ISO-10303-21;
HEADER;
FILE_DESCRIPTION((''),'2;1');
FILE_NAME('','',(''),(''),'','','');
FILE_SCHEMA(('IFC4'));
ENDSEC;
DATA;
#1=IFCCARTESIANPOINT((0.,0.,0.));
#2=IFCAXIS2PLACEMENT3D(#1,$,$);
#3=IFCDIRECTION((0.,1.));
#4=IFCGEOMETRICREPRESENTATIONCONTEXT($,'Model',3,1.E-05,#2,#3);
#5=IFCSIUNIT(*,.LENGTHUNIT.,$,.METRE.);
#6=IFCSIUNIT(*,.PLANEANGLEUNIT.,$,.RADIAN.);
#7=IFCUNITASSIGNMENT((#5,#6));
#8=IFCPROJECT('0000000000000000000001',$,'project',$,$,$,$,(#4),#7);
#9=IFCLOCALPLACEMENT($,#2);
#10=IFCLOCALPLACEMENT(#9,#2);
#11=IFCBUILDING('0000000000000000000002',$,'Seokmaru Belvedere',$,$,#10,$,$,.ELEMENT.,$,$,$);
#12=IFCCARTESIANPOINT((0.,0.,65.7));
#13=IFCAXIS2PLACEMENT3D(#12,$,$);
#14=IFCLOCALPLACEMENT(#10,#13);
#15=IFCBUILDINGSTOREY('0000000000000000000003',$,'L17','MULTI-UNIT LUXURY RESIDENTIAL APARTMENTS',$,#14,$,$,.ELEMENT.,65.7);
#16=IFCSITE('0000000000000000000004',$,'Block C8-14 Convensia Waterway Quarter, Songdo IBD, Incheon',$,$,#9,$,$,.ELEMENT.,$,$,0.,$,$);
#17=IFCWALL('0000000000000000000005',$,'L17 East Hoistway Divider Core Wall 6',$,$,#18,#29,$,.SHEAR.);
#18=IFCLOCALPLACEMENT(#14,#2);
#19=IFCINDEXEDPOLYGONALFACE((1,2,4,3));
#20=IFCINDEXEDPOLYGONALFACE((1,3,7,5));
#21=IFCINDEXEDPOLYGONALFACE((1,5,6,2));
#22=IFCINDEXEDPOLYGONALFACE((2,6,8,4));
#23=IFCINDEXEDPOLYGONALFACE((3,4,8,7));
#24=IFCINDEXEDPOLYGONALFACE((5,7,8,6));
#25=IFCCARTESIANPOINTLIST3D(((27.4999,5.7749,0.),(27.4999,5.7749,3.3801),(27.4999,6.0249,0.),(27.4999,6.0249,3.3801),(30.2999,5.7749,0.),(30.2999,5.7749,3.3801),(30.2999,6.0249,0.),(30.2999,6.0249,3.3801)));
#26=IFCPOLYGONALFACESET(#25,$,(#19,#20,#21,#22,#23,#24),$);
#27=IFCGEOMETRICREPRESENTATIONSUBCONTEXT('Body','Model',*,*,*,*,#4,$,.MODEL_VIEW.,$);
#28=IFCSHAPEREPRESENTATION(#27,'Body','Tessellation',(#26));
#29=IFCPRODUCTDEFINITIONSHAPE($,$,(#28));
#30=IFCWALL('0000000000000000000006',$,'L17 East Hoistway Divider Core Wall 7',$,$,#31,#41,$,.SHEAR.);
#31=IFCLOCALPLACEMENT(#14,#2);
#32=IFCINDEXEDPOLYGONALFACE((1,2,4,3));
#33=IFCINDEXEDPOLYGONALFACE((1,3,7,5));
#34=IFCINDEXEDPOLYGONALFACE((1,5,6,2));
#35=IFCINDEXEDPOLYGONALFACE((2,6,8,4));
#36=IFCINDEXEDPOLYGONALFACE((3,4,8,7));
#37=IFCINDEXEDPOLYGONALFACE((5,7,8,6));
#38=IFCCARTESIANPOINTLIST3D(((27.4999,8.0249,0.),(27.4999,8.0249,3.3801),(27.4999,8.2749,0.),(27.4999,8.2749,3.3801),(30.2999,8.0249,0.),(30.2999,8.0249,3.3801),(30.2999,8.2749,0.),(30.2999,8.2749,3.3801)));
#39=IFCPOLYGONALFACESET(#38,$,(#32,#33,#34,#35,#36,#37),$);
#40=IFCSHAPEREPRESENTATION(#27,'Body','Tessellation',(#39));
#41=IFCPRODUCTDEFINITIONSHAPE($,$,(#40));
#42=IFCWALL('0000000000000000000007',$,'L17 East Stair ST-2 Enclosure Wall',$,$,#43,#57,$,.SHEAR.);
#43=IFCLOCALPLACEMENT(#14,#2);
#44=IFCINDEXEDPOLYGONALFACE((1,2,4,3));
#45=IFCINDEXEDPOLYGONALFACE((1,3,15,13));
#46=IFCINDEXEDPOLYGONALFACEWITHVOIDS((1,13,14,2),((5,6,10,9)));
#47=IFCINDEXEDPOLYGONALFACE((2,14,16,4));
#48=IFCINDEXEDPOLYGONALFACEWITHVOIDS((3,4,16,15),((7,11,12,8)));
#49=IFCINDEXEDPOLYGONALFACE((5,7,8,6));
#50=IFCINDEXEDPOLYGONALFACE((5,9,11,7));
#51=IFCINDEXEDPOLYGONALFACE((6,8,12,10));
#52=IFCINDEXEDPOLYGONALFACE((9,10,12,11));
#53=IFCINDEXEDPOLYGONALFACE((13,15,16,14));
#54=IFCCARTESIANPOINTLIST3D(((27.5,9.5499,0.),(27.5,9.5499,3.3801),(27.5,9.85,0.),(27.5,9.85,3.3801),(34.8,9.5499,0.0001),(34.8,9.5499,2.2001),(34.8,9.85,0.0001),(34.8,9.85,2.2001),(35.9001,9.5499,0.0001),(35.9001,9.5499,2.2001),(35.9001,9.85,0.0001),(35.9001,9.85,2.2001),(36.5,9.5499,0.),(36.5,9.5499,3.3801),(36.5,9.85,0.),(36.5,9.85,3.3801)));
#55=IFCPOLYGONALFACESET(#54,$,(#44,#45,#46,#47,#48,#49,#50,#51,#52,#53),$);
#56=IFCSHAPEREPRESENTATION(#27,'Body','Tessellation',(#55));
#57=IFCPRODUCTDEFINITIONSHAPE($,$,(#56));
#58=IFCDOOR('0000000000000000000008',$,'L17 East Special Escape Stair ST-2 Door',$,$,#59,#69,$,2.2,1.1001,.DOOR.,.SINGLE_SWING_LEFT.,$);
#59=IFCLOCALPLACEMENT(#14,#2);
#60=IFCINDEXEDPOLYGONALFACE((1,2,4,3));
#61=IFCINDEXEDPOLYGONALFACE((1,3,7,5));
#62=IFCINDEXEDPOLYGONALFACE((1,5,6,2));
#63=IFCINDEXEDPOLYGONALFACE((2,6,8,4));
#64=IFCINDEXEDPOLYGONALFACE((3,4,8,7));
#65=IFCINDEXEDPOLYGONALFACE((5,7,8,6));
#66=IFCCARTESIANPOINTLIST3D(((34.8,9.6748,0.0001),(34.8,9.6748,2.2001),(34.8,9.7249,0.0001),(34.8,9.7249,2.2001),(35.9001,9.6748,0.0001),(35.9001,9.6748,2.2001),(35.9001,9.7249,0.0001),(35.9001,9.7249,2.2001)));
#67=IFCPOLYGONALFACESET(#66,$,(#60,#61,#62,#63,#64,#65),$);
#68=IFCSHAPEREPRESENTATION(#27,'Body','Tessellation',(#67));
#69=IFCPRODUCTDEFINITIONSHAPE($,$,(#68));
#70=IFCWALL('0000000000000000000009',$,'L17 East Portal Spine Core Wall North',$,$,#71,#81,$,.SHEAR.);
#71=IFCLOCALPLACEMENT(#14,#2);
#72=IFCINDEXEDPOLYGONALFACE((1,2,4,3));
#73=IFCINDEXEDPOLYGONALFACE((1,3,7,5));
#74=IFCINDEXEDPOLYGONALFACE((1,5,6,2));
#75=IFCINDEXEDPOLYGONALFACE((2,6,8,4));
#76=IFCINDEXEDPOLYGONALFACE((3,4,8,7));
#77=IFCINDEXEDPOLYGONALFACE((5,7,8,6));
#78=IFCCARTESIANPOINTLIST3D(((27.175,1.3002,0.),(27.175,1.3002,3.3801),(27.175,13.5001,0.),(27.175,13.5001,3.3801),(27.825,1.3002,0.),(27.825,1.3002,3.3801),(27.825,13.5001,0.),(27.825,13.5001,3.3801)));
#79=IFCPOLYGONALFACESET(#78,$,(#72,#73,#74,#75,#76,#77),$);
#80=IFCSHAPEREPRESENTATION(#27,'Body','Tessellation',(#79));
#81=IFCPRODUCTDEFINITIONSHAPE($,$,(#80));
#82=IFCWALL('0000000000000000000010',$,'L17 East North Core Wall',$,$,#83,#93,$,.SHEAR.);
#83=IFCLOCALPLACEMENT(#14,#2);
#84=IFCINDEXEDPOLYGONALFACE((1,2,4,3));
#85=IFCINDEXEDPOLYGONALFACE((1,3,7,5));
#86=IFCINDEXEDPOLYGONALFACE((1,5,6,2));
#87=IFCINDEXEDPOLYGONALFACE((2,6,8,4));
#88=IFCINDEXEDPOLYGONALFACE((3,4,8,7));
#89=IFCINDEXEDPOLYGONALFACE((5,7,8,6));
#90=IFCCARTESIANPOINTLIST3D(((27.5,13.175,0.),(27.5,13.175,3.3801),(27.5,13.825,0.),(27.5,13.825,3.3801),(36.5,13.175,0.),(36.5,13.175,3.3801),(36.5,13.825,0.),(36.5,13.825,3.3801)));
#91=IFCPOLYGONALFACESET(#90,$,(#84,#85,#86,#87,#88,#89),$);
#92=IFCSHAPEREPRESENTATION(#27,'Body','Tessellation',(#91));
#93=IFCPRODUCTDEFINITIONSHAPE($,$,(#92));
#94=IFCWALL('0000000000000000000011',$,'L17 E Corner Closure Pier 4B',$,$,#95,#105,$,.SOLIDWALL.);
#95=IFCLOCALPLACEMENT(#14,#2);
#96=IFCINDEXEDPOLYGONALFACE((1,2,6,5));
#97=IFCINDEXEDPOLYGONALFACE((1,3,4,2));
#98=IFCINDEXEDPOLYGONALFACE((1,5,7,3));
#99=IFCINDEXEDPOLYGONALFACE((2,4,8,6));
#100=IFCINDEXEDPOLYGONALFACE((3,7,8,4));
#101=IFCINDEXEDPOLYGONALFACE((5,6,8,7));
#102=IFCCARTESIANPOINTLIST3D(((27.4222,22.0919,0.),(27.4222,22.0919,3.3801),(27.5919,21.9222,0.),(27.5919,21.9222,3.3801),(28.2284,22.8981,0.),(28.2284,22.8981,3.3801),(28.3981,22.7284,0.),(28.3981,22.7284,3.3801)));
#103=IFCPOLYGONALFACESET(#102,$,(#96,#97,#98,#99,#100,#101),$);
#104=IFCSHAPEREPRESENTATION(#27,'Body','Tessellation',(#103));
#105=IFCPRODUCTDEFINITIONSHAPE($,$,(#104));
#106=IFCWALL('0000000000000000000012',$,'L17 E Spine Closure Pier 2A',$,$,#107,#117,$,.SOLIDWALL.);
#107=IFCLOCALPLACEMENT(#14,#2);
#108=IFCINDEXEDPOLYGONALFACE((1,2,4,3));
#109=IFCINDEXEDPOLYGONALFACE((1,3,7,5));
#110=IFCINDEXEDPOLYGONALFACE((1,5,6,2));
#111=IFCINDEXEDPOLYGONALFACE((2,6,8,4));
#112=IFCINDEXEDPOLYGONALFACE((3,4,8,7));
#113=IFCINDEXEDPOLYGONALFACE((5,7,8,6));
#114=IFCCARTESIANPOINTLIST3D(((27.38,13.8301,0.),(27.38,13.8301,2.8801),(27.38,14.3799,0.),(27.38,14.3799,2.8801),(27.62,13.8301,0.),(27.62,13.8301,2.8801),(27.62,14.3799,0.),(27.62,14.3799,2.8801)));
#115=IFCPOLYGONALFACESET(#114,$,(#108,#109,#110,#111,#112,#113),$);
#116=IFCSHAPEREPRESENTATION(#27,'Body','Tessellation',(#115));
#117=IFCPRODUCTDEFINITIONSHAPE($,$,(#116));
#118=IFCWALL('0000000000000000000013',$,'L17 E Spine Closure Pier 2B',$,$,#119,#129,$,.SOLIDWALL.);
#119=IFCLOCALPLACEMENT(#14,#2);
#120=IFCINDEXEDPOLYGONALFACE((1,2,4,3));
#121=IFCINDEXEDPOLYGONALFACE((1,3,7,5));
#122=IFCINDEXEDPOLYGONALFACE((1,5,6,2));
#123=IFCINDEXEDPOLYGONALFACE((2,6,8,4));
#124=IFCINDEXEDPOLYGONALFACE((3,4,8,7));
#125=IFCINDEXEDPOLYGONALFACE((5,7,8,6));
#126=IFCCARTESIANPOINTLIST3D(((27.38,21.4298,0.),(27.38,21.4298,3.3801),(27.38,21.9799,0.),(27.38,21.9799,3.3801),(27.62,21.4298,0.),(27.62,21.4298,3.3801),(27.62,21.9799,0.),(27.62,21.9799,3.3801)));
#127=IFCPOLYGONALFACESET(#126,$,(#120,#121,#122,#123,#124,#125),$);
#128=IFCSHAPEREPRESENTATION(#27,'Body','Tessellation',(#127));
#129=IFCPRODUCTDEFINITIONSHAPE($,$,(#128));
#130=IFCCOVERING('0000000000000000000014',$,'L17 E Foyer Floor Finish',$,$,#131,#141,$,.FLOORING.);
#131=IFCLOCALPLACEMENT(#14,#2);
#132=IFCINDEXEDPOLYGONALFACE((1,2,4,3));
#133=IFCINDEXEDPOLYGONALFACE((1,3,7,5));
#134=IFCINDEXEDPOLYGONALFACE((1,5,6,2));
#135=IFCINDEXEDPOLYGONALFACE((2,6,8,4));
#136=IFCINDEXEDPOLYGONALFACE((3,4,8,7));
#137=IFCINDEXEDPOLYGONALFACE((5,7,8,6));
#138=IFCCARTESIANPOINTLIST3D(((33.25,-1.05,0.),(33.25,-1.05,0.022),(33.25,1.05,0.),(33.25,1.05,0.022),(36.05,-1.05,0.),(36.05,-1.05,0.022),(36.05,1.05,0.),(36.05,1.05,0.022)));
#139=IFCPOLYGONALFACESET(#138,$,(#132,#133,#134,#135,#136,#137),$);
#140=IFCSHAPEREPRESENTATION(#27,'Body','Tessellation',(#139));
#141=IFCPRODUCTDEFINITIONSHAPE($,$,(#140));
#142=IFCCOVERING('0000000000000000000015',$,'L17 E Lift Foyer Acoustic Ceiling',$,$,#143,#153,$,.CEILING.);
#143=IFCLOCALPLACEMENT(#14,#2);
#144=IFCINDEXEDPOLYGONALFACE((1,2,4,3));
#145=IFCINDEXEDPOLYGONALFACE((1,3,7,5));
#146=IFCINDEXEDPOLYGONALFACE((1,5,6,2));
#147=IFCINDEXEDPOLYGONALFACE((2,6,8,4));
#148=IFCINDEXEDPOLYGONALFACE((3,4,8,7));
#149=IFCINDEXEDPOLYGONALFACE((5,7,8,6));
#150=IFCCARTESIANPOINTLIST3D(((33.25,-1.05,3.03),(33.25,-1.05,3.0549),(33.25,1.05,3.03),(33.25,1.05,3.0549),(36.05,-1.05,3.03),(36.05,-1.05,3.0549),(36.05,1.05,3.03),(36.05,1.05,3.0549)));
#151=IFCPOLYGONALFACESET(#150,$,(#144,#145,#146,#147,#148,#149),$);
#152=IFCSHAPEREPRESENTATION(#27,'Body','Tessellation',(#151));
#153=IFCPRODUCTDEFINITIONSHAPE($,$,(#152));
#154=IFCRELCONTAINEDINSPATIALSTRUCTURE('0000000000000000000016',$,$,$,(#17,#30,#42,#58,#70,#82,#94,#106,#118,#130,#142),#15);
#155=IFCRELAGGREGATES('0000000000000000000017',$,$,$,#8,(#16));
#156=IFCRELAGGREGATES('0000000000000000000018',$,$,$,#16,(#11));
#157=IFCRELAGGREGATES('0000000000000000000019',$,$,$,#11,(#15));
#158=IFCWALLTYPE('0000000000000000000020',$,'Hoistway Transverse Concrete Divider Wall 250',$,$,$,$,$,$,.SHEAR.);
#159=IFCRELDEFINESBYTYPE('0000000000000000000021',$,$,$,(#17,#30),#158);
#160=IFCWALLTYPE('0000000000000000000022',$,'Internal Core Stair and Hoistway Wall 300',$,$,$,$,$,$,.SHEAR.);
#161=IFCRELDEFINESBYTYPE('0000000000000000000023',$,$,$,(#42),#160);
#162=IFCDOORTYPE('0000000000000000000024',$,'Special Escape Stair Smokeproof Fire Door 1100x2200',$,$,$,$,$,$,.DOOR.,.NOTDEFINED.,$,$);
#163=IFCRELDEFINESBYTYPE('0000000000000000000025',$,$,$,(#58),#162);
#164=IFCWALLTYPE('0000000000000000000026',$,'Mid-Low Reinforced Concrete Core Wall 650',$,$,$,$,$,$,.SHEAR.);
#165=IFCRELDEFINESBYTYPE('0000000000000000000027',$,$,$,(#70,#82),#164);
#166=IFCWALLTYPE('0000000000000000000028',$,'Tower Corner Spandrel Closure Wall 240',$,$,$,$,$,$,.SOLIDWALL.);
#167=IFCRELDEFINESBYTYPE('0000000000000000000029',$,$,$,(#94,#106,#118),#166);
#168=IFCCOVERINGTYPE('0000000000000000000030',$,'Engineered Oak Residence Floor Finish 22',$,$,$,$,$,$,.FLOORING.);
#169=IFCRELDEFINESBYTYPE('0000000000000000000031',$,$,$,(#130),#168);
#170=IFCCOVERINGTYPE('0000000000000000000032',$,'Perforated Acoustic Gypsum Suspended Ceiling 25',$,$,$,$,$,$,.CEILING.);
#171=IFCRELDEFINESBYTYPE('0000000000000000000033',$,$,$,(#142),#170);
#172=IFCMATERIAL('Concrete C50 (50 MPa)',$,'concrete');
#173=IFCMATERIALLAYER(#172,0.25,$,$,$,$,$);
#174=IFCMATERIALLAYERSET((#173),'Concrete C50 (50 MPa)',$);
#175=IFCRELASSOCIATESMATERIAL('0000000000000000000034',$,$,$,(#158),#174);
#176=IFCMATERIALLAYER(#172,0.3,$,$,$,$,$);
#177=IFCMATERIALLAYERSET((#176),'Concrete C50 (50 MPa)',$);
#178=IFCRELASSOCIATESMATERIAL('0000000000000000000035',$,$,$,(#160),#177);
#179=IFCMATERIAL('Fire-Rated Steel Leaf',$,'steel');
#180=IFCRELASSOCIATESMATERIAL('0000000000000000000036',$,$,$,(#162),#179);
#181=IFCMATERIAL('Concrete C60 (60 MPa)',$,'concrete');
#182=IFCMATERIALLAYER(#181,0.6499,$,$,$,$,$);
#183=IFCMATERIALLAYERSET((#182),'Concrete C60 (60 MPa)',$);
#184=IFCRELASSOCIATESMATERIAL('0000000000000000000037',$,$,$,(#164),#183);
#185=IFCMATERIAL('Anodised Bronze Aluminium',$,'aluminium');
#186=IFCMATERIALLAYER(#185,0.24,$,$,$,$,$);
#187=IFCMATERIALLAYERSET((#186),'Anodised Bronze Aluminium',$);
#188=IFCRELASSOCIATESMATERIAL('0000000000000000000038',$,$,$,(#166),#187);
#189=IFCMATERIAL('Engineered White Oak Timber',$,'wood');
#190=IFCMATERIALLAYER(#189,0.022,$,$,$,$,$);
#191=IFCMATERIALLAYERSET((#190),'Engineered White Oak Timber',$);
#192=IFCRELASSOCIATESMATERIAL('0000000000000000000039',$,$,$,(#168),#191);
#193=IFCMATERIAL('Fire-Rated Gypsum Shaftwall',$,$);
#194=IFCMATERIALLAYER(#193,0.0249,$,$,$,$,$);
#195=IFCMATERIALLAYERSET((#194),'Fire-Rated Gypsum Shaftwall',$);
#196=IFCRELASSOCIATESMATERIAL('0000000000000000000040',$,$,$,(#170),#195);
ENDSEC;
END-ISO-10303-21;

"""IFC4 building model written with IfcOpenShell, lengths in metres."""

from ifc_helpers import new_model, si_unit, direction, frame, frame_2d, origin, place, context, subcontext, project, spatial, polyline, rectangle, outline, extrude, source, transform, mapped, material, layer, layer_set, type_object, type_shapes, element, fill, save


model = new_model("IFC4")

# Units and contexts
model_context = context("Model", 3, precision=1e-05, world=origin(), true_north=direction((0.0, 1.0)))
body_context = subcontext(model_context, "Body", "Model", "MODEL_VIEW")
ifc_project = project(units=[si_unit("LENGTHUNIT", "METRE"), si_unit("PLANEANGLEUNIT", "RADIAN")], contexts=[model_context])

# Site, building, storey
site_placement = place(None, origin())
site = spatial("IfcSite", under=ifc_project, at=site_placement, Name="Block C8-14 Convensia Waterway Quarter, Songdo IBD, Incheon", CompositionType="ELEMENT", RefElevation=0.0)
building_placement = place(site_placement, origin())
building = spatial("IfcBuilding", under=site, at=building_placement, Name="Seokmaru Belvedere", CompositionType="ELEMENT")
storey_placement = place(building_placement, frame((0.0, 0.0, 65.7)))
storey = spatial("IfcBuildingStorey", under=building, at=storey_placement, Name="L17", Description="MULTI-UNIT LUXURY RESIDENTIAL APARTMENTS", CompositionType="ELEMENT", Elevation=65.7)

# Shared definitions
ifc_material_1 = material(Name="Anodised Bronze Aluminium", Category="aluminium")

# Shared definitions
ifc_material_2 = material(Name="Fire-Rated Gypsum Shaftwall")
ifc_material_3 = material(Name="Engineered White Oak Timber", Category="wood")

# Walls
ifc_material_4 = material(Name="Concrete C50 (50 MPa)", Category="concrete")
ifc_layer_1 = layer(ifc_material_4, 0.25)
ifc_layer_set_1 = layer_set([ifc_layer_1], Name="Concrete C50 (50 MPa)")
wall_type_1 = type_object("IfcWallType", Name="Hoistway Transverse Concrete Divider Wall 250", PredefinedType="SHEAR", material=ifc_layer_set_1)
for number, where, z_axis, x_axis, name in (
    (1, (27.5, 5.8999, 0.0), (0.0, 0.0, 1.0), (1.0, 0.0, 0.0), "L17 East Hoistway Divider Core Wall 6"),
    (2, (27.5, 8.1499, 0.0), (0.0, 0.0, 1.0), (1.0, 0.0, 0.0), "L17 East Hoistway Divider Core Wall 7"),
):
    element("IfcWall", number, at=place(storey_placement, frame(where, z_axis=z_axis, x_axis=x_axis)), inside=storey, type_object=wall_type_1, Name=name, PredefinedType="SHEAR", context=body_context, shape_type="SweptSolid", body=[
        extrude(rectangle(XDim=2.8, YDim=0.25, at=frame_2d((1.3999, 0.0))), origin(), (0.0, 0.0, 1.0), 3.3801),
    ])

# Wall, opening, door
ifc_layer_2 = layer(ifc_material_4, 0.3)
ifc_layer_set_2 = layer_set([ifc_layer_2], Name="Concrete C50 (50 MPa)")
wall_type_2 = type_object("IfcWallType", Name="Internal Core Stair and Hoistway Wall 300", PredefinedType="SHEAR", material=ifc_layer_set_2)
wall_1_placement = place(storey_placement, frame((27.5, 9.7, 0.0), z_axis=(0.0, 0.0, 1.0), x_axis=(1.0, 0.0, 0.0)))
wall_1 = element("IfcWall", 3, at=wall_1_placement, inside=storey, type_object=wall_type_2, Name="L17 East Stair ST-2 Enclosure Wall", PredefinedType="SHEAR", context=body_context, shape_type="SweptSolid", body=[
    extrude(rectangle(XDim=9.0, YDim=0.3, at=frame_2d((4.5, 0.0))), origin(), (0.0, 0.0, 1.0), 3.3801),
])
opening_1_placement = place(wall_1_placement, frame((7.3, 0.0, 0.0)))
opening_1 = element("IfcOpeningElement", 4, at=opening_1_placement, cuts=wall_1, PredefinedType="OPENING", context=body_context, shape_type="SweptSolid", body=[
    extrude(rectangle(XDim=1.1001, YDim=2.2, at=frame_2d((0.55, 1.1001))), frame((0.0, 0.1602, 0.0), z_axis=(0.0, -1.0, 0.0), x_axis=(1.0, 0.0, 0.0)), (0.0, 0.0, 1.0), 0.3201),
])
ifc_material_5 = material(Name="Fire-Rated Steel Leaf", Category="steel")
door_type_1 = type_object("IfcDoorType", Name="Special Escape Stair Smokeproof Fire Door 1100x2200", OperationType="NOTDEFINED", PredefinedType="DOOR", material=ifc_material_5)
shared_shape_1 = source(origin(), body_context, "Body", "SweptSolid", [
    extrude(rectangle(XDim=1.1001, YDim=2.2, at=frame_2d((0.55, 1.1001))), frame((0.0, 0.0249, 0.0), z_axis=(0.0, -1.0, 0.0), x_axis=(1.0, 0.0, 0.0)), (0.0, 0.0, 1.0), 0.05),
])
type_shapes(door_type_1, [shared_shape_1])
door_1_placement = place(opening_1_placement, origin())
door_1 = element("IfcDoor", 5, at=door_1_placement, inside=storey, type_object=door_type_1, Name="L17 East Special Escape Stair ST-2 Door", OperationType="SINGLE_SWING_LEFT", OverallHeight=2.2, OverallWidth=1.1001, PredefinedType="DOOR", context=body_context, shape_type="MappedRepresentation", body=[
    mapped(shared_shape_1, transform((0.0, 0.0, 0.0), scale=1.0)),
])
fill(opening_1, door_1)

# Walls
ifc_material_6 = material(Name="Concrete C60 (60 MPa)", Category="concrete")
ifc_layer_3 = layer(ifc_material_6, 0.6499)
ifc_layer_set_3 = layer_set([ifc_layer_3], Name="Concrete C60 (60 MPa)")
wall_type_3 = type_object("IfcWallType", Name="Mid-Low Reinforced Concrete Core Wall 650", PredefinedType="SHEAR", material=ifc_layer_set_3)
wall_2_placement = place(storey_placement, frame((27.5, 1.3, 0.0), z_axis=(0.0, 0.0, 1.0), x_axis=(0.0, 1.0, 0.0)))
element("IfcWall", 6, at=wall_2_placement, inside=storey, type_object=wall_type_3, Name="L17 East Portal Spine Core Wall North", PredefinedType="SHEAR", context=body_context, shape_type="SweptSolid", body=[
    extrude(rectangle(XDim=12.2, YDim=0.6499, at=frame_2d((6.1001, 0.0))), origin(), (0.0, 0.0, 1.0), 3.3801),
])
wall_3_placement = place(storey_placement, frame((27.5, 13.5, 0.0), z_axis=(0.0, 0.0, 1.0), x_axis=(1.0, 0.0, 0.0)))
element("IfcWall", 7, at=wall_3_placement, inside=storey, type_object=wall_type_3, Name="L17 East North Core Wall", PredefinedType="SHEAR", context=body_context, shape_type="SweptSolid", body=[
    extrude(rectangle(XDim=9.0, YDim=0.6499, at=frame_2d((4.5, 0.0))), origin(), (0.0, 0.0, 1.0), 3.3801),
])
ifc_layer_4 = layer(ifc_material_1, 0.24)
ifc_layer_set_4 = layer_set([ifc_layer_4], Name="Anodised Bronze Aluminium")
wall_type_4 = type_object("IfcWallType", Name="Tower Corner Spandrel Closure Wall 240", PredefinedType="SOLIDWALL", material=ifc_layer_set_4)
wall_4_placement = place(storey_placement, frame((28.3132, 22.8132, 0.0), z_axis=(0.0, 0.0, 1.0), x_axis=(-0.707107, -0.707107, 0.0)))
element("IfcWall", 8, at=wall_4_placement, inside=storey, type_object=wall_type_4, Name="L17 E Corner Closure Pier 4B", PredefinedType="SOLIDWALL", context=body_context, shape_type="SweptSolid", body=[
    extrude(rectangle(XDim=1.1401, YDim=0.24, at=frame_2d((0.5701, 0.0))), origin(), (0.0, 0.0, 1.0), 3.3801),
])
wall_5_placement = place(storey_placement, frame((27.5, 13.8301, 0.0), z_axis=(0.0, 0.0, 1.0), x_axis=(0.0, 1.0, 0.0)))
element("IfcWall", 9, at=wall_5_placement, inside=storey, type_object=wall_type_4, Name="L17 E Spine Closure Pier 2A", PredefinedType="SOLIDWALL", context=body_context, shape_type="SweptSolid", body=[
    extrude(rectangle(XDim=0.5498, YDim=0.24, at=frame_2d((0.2749, 0.0))), origin(), (0.0, 0.0, 1.0), 2.8801),
])
wall_6_placement = place(storey_placement, frame((27.5, 21.4299, 0.0), z_axis=(0.0, 0.0, 1.0), x_axis=(0.0, 1.0, 0.0)))
element("IfcWall", 10, at=wall_6_placement, inside=storey, type_object=wall_type_4, Name="L17 E Spine Closure Pier 2B", PredefinedType="SOLIDWALL", context=body_context, shape_type="SweptSolid", body=[
    extrude(rectangle(XDim=0.55, YDim=0.24, at=frame_2d((0.2749, 0.0))), origin(), (0.0, 0.0, 1.0), 3.3801),
])

# Coverings
ifc_layer_5 = layer(ifc_material_3, 0.022)
ifc_layer_set_5 = layer_set([ifc_layer_5], Name="Engineered White Oak Timber")
covering_type_1 = type_object("IfcCoveringType", Name="Engineered Oak Residence Floor Finish 22", PredefinedType="FLOORING", material=ifc_layer_set_5)
covering_1_placement = place(storey_placement, origin())
element("IfcCovering", 11, at=covering_1_placement, inside=storey, type_object=covering_type_1, Name="L17 E Foyer Floor Finish", PredefinedType="FLOORING", context=body_context, shape_type="SweptSolid", body=[
    extrude(outline(polyline([(33.25, -1.05), (36.05, -1.05), (36.05, 1.05), (33.25, 1.05), (33.25, -1.05)])), origin(), (0.0, 0.0, 1.0), 0.022),
])
ifc_layer_6 = layer(ifc_material_2, 0.0249)
ifc_layer_set_6 = layer_set([ifc_layer_6], Name="Fire-Rated Gypsum Shaftwall")
covering_type_2 = type_object("IfcCoveringType", Name="Perforated Acoustic Gypsum Suspended Ceiling 25", PredefinedType="CEILING", material=ifc_layer_set_6)
covering_2_placement = place(storey_placement, frame((0.0, 0.0, 3.03)))
element("IfcCovering", 12, at=covering_2_placement, inside=storey, type_object=covering_type_2, Name="L17 E Lift Foyer Acoustic Ceiling", PredefinedType="CEILING", context=body_context, shape_type="SweptSolid", body=[
    extrude(outline(polyline([(33.25, -1.05), (36.05, -1.05), (36.05, 1.05), (33.25, 1.05), (33.25, -1.05)])), origin(), (0.0, 0.0, 1.0), 0.0249),
])

save(model, "model.ifc")
